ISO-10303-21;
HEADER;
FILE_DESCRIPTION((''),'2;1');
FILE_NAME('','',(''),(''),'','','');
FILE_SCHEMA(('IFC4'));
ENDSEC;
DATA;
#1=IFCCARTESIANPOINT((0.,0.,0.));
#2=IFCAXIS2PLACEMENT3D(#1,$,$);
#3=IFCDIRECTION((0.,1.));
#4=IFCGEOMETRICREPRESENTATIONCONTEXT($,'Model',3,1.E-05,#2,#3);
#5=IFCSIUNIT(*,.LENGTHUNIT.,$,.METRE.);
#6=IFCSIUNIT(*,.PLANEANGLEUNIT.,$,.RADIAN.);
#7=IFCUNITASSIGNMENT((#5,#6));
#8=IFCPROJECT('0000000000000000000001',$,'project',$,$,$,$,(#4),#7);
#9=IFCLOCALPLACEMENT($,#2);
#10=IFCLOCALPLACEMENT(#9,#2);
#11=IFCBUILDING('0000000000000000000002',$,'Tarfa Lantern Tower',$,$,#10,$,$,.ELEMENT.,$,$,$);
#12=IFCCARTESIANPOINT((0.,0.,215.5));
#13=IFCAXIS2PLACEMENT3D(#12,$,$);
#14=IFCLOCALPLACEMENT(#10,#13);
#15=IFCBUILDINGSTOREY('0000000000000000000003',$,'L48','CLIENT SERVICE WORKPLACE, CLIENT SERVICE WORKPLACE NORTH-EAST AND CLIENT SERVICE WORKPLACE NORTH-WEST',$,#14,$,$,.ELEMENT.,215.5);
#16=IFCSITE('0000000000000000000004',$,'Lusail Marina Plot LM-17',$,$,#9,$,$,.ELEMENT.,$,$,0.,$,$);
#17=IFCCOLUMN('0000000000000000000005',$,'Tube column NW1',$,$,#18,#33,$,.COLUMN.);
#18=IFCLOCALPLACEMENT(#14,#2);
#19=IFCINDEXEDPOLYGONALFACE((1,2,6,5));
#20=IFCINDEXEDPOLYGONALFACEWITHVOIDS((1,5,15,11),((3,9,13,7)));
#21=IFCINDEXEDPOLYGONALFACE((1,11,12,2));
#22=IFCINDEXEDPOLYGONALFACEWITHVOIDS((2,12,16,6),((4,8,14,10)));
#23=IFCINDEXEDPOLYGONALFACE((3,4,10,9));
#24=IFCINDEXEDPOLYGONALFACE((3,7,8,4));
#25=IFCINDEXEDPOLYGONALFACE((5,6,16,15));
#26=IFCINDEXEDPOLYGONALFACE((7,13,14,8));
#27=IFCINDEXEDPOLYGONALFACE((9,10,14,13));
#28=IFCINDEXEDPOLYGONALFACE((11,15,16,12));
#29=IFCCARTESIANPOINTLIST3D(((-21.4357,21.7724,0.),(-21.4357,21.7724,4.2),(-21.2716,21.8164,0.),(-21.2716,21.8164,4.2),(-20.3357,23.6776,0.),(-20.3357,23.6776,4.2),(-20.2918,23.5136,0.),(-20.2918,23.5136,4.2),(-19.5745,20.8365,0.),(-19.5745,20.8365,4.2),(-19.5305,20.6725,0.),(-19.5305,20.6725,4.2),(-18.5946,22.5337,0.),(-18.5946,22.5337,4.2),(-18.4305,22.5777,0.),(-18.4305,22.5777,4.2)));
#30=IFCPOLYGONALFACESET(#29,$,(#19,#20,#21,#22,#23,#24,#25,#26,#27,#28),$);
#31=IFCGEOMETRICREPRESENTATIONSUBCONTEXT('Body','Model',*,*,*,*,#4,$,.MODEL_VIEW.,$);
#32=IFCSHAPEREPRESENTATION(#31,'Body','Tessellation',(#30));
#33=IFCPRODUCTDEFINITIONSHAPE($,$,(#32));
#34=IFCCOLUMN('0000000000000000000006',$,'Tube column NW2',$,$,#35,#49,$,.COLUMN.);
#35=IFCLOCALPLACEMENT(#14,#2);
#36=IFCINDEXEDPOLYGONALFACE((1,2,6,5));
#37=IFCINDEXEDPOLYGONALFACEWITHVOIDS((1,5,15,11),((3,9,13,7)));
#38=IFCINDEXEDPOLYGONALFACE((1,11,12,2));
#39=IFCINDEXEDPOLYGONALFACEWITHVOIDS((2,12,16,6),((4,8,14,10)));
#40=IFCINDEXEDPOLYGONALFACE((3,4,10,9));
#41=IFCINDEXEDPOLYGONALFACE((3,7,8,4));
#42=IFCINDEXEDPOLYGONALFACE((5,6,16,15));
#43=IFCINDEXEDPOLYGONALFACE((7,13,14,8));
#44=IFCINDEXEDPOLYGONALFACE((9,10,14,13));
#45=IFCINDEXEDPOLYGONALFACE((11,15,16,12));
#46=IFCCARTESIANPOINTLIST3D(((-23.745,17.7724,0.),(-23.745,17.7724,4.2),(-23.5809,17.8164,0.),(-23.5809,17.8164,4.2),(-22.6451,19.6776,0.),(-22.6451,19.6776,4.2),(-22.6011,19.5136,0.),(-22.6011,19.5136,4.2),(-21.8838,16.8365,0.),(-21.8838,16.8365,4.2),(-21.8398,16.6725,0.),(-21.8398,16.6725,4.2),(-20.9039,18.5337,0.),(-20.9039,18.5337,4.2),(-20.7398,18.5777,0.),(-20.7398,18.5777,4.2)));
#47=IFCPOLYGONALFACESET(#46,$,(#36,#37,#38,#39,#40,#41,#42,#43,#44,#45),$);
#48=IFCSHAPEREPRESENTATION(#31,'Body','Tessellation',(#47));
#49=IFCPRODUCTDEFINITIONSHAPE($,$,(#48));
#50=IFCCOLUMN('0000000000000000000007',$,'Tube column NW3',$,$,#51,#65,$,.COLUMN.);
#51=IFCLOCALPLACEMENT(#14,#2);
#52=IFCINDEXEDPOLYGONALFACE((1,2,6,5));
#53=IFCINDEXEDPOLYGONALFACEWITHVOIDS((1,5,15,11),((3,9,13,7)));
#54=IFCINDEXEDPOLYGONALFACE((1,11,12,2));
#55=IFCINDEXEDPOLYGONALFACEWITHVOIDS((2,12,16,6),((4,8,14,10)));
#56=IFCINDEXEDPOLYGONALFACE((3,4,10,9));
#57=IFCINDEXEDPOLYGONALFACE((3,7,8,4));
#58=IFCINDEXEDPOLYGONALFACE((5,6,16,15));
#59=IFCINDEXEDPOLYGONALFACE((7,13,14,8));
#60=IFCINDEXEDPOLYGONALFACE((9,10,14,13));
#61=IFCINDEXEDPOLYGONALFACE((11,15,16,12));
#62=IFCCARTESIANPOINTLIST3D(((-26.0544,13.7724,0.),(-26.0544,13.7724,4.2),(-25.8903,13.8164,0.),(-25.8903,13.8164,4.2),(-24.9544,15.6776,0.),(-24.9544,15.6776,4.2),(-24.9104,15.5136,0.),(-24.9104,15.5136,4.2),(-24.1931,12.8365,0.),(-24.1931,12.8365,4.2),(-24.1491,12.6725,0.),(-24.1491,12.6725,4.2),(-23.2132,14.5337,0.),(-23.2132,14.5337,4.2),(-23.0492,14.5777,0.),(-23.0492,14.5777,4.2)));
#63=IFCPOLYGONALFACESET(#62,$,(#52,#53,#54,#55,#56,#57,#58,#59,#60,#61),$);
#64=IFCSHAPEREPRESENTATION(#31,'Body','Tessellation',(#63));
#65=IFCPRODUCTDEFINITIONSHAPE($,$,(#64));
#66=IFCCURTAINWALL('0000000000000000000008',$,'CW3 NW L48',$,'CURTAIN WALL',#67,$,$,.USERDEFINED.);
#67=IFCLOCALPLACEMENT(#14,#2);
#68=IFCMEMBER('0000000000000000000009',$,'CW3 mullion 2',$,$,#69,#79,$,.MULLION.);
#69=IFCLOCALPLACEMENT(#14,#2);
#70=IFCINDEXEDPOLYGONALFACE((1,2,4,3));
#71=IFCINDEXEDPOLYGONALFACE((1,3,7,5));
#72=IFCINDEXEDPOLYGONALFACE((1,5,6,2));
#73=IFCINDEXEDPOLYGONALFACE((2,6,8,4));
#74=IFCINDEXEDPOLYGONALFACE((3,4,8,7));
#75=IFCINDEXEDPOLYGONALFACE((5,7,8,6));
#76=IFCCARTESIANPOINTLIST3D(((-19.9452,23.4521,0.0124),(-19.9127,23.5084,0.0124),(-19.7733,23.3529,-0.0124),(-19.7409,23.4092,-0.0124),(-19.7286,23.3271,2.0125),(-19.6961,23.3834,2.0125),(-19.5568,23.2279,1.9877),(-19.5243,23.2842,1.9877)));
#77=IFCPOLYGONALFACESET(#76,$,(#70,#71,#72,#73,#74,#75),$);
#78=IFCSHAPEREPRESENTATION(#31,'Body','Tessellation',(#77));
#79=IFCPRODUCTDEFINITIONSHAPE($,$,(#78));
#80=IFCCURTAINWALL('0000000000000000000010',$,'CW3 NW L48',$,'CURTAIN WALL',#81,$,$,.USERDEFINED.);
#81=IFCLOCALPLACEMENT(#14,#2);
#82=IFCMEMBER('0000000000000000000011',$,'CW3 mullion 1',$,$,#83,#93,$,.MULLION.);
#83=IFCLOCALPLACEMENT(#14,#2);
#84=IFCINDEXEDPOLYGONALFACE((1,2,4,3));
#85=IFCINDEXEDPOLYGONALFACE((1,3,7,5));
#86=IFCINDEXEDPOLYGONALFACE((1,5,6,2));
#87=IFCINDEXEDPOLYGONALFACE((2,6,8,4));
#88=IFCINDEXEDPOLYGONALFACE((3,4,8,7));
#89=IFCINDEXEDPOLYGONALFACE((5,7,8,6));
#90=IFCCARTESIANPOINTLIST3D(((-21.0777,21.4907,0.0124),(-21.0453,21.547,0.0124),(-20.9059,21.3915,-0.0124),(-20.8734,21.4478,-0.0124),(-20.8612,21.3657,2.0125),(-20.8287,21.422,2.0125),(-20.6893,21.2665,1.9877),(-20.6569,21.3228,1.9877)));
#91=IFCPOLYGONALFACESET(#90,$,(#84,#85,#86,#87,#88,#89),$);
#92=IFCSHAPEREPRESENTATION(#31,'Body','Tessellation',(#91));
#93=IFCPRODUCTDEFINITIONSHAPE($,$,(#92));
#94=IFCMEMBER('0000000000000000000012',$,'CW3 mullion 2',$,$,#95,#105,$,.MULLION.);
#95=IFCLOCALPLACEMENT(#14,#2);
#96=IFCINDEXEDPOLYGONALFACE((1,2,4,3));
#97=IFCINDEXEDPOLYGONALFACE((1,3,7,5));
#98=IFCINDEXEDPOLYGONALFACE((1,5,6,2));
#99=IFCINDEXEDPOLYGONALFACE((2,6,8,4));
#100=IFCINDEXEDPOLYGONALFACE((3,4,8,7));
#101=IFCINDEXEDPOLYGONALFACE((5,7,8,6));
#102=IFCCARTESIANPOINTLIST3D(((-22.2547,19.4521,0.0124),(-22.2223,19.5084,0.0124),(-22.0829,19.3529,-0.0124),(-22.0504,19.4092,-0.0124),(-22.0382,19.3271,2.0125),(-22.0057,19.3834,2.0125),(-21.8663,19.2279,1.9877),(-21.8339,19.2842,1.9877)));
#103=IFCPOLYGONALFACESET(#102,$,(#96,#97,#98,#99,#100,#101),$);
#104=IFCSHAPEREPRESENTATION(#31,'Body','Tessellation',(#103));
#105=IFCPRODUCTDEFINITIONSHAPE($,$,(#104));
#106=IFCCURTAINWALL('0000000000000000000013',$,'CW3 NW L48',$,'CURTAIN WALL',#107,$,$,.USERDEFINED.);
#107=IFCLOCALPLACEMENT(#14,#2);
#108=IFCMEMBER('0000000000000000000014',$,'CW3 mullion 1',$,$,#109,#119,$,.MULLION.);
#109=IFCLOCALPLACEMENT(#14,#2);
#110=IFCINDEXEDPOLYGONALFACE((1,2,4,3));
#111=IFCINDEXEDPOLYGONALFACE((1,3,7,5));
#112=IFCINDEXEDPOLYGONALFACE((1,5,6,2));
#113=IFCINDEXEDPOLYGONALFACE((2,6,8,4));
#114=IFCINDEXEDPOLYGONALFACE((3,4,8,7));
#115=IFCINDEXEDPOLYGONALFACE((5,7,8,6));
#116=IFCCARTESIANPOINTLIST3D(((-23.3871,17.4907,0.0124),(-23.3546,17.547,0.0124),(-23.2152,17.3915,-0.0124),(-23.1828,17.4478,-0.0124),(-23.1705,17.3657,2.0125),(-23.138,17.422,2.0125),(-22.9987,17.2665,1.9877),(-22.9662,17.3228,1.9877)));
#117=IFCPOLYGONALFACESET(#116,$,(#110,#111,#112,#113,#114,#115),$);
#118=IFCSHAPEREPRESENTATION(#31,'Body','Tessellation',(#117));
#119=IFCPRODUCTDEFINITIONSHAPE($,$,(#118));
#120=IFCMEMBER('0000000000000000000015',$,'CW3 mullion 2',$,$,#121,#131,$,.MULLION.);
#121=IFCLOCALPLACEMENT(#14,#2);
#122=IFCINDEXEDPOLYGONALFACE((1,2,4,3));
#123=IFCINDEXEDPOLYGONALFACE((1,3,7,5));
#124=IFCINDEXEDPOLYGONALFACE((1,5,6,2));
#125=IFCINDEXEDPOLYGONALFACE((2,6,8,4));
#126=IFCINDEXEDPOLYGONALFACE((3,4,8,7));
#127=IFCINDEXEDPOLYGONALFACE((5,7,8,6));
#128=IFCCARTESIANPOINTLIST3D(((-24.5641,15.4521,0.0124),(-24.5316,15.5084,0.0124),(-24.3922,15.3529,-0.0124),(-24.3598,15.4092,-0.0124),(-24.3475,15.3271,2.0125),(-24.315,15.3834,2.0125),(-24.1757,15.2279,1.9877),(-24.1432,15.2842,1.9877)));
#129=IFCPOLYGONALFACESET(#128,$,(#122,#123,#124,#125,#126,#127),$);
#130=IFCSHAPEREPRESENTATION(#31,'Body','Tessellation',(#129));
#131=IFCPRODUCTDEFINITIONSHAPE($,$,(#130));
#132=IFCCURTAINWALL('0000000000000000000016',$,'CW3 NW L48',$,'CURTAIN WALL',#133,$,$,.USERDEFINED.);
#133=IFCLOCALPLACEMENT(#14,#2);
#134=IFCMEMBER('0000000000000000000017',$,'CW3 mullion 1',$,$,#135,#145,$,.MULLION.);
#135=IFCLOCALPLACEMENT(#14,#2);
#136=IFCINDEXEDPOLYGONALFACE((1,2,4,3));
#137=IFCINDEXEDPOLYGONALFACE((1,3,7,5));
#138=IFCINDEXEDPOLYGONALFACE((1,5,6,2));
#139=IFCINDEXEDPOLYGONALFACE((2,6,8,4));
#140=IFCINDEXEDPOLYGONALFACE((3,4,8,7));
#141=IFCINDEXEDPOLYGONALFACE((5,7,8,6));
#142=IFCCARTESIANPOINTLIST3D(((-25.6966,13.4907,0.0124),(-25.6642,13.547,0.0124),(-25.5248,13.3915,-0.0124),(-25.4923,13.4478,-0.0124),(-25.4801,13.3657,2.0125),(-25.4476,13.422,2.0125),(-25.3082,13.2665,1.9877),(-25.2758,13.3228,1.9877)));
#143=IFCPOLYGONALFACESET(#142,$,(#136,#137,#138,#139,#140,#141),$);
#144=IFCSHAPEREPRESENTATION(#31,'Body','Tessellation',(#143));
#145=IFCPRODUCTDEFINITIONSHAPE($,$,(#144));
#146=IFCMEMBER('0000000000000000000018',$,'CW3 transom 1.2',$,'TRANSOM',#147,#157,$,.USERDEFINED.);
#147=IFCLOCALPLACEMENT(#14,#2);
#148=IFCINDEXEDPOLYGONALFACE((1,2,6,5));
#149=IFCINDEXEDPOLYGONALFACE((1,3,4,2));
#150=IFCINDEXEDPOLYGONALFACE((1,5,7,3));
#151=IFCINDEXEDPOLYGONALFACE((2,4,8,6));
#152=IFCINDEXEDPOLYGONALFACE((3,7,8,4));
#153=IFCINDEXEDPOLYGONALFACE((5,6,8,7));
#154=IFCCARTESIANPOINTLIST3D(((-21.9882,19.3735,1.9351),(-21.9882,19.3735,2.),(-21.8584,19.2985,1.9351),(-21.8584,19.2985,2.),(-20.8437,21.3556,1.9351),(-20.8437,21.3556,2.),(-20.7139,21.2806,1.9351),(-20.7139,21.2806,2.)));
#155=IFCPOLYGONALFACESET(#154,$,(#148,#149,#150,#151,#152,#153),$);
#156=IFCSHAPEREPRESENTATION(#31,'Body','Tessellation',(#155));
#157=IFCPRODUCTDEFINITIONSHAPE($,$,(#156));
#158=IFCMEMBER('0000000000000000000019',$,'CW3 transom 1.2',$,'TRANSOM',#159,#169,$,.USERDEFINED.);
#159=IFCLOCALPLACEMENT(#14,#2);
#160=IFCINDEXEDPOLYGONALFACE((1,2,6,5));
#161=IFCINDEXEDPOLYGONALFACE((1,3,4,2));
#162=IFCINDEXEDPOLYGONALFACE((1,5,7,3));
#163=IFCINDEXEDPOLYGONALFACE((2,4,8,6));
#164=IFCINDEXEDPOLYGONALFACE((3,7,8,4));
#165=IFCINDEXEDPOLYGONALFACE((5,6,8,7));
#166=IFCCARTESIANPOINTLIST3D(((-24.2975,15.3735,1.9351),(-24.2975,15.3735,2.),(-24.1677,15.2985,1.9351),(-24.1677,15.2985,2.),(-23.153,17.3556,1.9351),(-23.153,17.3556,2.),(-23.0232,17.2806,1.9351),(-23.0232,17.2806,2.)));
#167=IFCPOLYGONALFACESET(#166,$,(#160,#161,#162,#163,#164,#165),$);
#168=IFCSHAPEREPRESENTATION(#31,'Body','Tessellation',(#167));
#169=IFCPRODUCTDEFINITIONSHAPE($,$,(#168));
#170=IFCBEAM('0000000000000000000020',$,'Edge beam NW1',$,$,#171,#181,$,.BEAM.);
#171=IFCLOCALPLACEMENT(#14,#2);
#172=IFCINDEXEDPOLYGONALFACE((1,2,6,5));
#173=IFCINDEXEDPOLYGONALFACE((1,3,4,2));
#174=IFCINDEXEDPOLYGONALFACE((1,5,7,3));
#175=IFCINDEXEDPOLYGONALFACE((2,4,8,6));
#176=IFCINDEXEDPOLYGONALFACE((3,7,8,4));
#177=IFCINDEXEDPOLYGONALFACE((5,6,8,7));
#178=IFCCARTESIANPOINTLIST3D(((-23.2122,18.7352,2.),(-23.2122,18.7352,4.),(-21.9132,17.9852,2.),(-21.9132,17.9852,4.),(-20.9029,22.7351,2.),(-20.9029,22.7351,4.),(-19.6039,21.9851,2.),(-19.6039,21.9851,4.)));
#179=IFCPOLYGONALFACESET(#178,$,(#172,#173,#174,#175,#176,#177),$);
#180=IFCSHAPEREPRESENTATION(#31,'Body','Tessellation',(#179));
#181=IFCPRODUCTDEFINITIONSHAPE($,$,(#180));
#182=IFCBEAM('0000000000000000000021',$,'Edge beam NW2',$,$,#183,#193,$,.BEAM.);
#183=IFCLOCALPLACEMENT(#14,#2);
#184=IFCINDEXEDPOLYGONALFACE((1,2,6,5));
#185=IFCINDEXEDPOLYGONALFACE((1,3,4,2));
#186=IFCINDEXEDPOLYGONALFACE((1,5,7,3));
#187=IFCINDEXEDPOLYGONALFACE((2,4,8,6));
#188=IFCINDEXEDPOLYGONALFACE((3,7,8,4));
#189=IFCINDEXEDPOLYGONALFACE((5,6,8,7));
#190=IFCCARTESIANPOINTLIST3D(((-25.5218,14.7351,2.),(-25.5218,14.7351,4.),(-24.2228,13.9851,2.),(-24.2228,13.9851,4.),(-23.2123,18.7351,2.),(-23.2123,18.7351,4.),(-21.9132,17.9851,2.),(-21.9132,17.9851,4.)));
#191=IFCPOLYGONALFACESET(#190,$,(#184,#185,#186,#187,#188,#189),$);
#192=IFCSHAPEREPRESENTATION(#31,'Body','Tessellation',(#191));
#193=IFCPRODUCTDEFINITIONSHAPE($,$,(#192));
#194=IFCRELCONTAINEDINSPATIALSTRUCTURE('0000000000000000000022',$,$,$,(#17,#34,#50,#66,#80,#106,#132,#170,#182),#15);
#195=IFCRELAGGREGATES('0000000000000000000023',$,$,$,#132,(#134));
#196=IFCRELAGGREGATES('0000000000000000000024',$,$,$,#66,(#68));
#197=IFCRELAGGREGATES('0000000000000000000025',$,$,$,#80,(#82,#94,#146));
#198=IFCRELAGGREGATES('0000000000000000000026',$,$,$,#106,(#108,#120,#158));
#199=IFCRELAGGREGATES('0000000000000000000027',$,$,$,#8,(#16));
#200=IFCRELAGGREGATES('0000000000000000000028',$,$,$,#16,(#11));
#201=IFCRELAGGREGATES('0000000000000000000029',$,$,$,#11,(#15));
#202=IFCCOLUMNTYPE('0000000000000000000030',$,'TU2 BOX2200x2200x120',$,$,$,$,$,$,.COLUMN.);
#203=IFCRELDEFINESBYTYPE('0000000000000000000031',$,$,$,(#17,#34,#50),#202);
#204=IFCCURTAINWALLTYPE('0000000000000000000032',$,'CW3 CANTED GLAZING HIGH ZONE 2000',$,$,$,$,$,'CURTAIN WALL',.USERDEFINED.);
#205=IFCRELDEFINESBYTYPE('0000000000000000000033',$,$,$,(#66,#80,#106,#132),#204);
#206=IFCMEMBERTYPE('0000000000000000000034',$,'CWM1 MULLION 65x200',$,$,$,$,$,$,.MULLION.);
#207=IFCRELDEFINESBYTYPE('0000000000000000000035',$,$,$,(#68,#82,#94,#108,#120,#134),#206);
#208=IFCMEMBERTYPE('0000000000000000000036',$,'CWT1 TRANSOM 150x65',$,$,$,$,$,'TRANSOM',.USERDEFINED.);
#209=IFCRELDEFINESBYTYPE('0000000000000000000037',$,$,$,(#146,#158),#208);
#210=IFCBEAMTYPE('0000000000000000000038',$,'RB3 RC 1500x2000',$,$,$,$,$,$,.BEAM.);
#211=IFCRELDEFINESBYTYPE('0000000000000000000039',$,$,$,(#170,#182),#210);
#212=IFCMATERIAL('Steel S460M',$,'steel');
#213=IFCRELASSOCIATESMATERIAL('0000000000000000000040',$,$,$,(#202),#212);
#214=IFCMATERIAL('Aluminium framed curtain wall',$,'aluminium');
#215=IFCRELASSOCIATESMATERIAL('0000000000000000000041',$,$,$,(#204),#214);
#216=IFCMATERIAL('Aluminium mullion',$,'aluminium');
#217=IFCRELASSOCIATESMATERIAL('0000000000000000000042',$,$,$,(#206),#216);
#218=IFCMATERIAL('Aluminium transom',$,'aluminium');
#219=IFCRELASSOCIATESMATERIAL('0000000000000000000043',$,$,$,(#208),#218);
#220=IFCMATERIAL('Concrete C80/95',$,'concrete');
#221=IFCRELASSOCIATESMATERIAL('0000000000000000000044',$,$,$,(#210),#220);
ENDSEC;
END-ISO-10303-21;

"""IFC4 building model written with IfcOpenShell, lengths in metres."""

from ifc_helpers import new_model, si_unit, direction, frame, origin, origin_2d, place, context, subcontext, project, spatial, rectangle, hollow_rectangle, extrude, material, material_profile, profile_set, type_object, element, aggregate, save


model = new_model("IFC4")

# Units and contexts
model_context = context("Model", 3, precision=1e-05, world=origin(), true_north=direction((0.0, 1.0)))
body_context = subcontext(model_context, "Body", "Model", "MODEL_VIEW")
ifc_project = project(units=[si_unit("LENGTHUNIT", "METRE"), si_unit("PLANEANGLEUNIT", "RADIAN")], contexts=[model_context])

# Site, building, storey
site_placement = place(None, origin())
site = spatial("IfcSite", under=ifc_project, at=site_placement, Name="Lusail Marina Plot LM-17", CompositionType="ELEMENT", RefElevation=0.0)
building_placement = place(site_placement, origin())
building = spatial("IfcBuilding", under=site, at=building_placement, Name="Tarfa Lantern Tower", CompositionType="ELEMENT")
storey_placement = place(building_placement, frame((0.0, 0.0, 215.5)))
storey = spatial("IfcBuildingStorey", under=building, at=storey_placement, Name="L48", Description="CLIENT SERVICE WORKPLACE, CLIENT SERVICE WORKPLACE NORTH-EAST AND CLIENT SERVICE WORKPLACE NORTH-WEST", CompositionType="ELEMENT", Elevation=215.5)

# Columns
ifc_material_1 = material(Name="Steel S460M", Category="steel")
ifc_material_profile_1 = material_profile(ifc_material_1, hollow_rectangle(XDim=2.2, YDim=2.2, WallThickness=0.1201, at=origin_2d()), Name="BOX2200x2200x120")
ifc_profile_set_1 = profile_set([ifc_material_profile_1], Name="Steel S460M")
column_type = type_object("IfcColumnType", Name="TU2 BOX2200x2200x120", PredefinedType="COLUMN", material=ifc_profile_set_1)
for number, where, z_axis, x_axis, name in (
    (1, (-19.9331, 22.175, 0.0), (0.0, 0.0, 1.0), (-0.5, -0.866025, 0.0), "Tube column NW1"),
    (2, (-22.2424, 18.175, 0.0), (0.0, 0.0, 1.0), (-0.5, -0.866025, 0.0), "Tube column NW2"),
    (3, (-24.5518, 14.175, 0.0), (0.0, 0.0, 1.0), (-0.5, -0.866025, 0.0), "Tube column NW3"),
):
    element("IfcColumn", number, at=place(storey_placement, frame(where, z_axis=z_axis, x_axis=x_axis)), inside=storey, type_object=column_type, Name=name, PredefinedType="COLUMN", context=body_context, shape_type="SweptSolid", body=[
        extrude(hollow_rectangle(XDim=2.2, YDim=2.2, WallThickness=0.1201, at=origin_2d()), origin(), (0.0, 0.0, 1.0), 4.2),
    ])

# Curtain wall, member
ifc_material_2 = material(Name="Aluminium framed curtain wall", Category="aluminium")
curtain_wall_type = type_object("IfcCurtainWallType", Name="CW3 CANTED GLAZING HIGH ZONE 2000", ElementType="CURTAIN WALL", PredefinedType="USERDEFINED", material=ifc_material_2)
curtain_wall_1_placement = place(storey_placement, origin())
curtain_wall_1 = element("IfcCurtainWall", 4, at=curtain_wall_1_placement, inside=storey, type_object=curtain_wall_type, Name="CW3 NW L48", ObjectType="CURTAIN WALL", PredefinedType="USERDEFINED")
ifc_material_3 = material(Name="Aluminium mullion", Category="aluminium")
ifc_material_profile_2 = material_profile(ifc_material_3, rectangle(XDim=0.0649, YDim=0.2, at=origin_2d()), Name="AL MULLION 65x200")
ifc_profile_set_2 = profile_set([ifc_material_profile_2], Name="Aluminium mullion")
member_type_1 = type_object("IfcMemberType", Name="CWM1 MULLION 65x200", PredefinedType="MULLION", material=ifc_profile_set_2)
member_1_placement = place(storey_placement, frame((-19.843, 23.4307, 0.0), z_axis=(0.10744, -0.062017, 0.992275), x_axis=(0.49992, 0.866072, 0.0)))
member_1 = element("IfcMember", 5, at=member_1_placement, type_object=member_type_1, Name="CW3 mullion 2", PredefinedType="MULLION", context=body_context, shape_type="SweptSolid", body=[
    extrude(rectangle(XDim=0.0649, YDim=0.2, at=origin_2d()), origin(), (0.0, 0.0, 1.0), 2.0156),
])

# Curtain walls, members
curtain_wall_2_placement = place(storey_placement, origin())
curtain_wall_2 = element("IfcCurtainWall", 6, at=curtain_wall_2_placement, inside=storey, type_object=curtain_wall_type, Name="CW3 NW L48", ObjectType="CURTAIN WALL", PredefinedType="USERDEFINED")
member_2_placement = place(storey_placement, frame((-20.9756, 21.4692, 0.0), z_axis=(0.10744, -0.062017, 0.992275), x_axis=(0.49992, 0.866072, 0.0)))
member_2 = element("IfcMember", 7, at=member_2_placement, type_object=member_type_1, Name="CW3 mullion 1", PredefinedType="MULLION", context=body_context, shape_type="SweptSolid", body=[
    extrude(rectangle(XDim=0.0649, YDim=0.2, at=origin_2d()), origin(), (0.0, 0.0, 1.0), 2.0156),
])
member_3_placement = place(storey_placement, frame((-22.1526, 19.4307, 0.0), z_axis=(0.10744, -0.062017, 0.992275), x_axis=(0.49992, 0.866072, 0.0)))
member_3 = element("IfcMember", 8, at=member_3_placement, type_object=member_type_1, Name="CW3 mullion 2", PredefinedType="MULLION", context=body_context, shape_type="SweptSolid", body=[
    extrude(rectangle(XDim=0.0649, YDim=0.2, at=origin_2d()), origin(), (0.0, 0.0, 1.0), 2.0156),
])
curtain_wall_3_placement = place(storey_placement, origin())
curtain_wall_3 = element("IfcCurtainWall", 9, at=curtain_wall_3_placement, inside=storey, type_object=curtain_wall_type, Name="CW3 NW L48", ObjectType="CURTAIN WALL", PredefinedType="USERDEFINED")
member_4_placement = place(storey_placement, frame((-23.2849, 17.4692, 0.0), z_axis=(0.10744, -0.062017, 0.992275), x_axis=(0.49992, 0.866072, 0.0)))
member_4 = element("IfcMember", 10, at=member_4_placement, type_object=member_type_1, Name="CW3 mullion 1", PredefinedType="MULLION", context=body_context, shape_type="SweptSolid", body=[
    extrude(rectangle(XDim=0.0649, YDim=0.2, at=origin_2d()), origin(), (0.0, 0.0, 1.0), 2.0156),
])
member_5_placement = place(storey_placement, frame((-24.4619, 15.4307, 0.0), z_axis=(0.10744, -0.062017, 0.992275), x_axis=(0.49992, 0.866072, 0.0)))
member_5 = element("IfcMember", 11, at=member_5_placement, type_object=member_type_1, Name="CW3 mullion 2", PredefinedType="MULLION", context=body_context, shape_type="SweptSolid", body=[
    extrude(rectangle(XDim=0.0649, YDim=0.2, at=origin_2d()), origin(), (0.0, 0.0, 1.0), 2.0156),
])

# Curtain wall, member
curtain_wall_4_placement = place(storey_placement, origin())
curtain_wall_4 = element("IfcCurtainWall", 12, at=curtain_wall_4_placement, inside=storey, type_object=curtain_wall_type, Name="CW3 NW L48", ObjectType="CURTAIN WALL", PredefinedType="USERDEFINED")
member_6_placement = place(storey_placement, frame((-25.5945, 13.4692, 0.0), z_axis=(0.10744, -0.062017, 0.992275), x_axis=(0.49992, 0.866072, 0.0)))
member_6 = element("IfcMember", 13, at=member_6_placement, type_object=member_type_1, Name="CW3 mullion 1", PredefinedType="MULLION", context=body_context, shape_type="SweptSolid", body=[
    extrude(rectangle(XDim=0.0649, YDim=0.2, at=origin_2d()), origin(), (0.0, 0.0, 1.0), 2.0156),
])
aggregate(curtain_wall_4, [member_6])

# Members
ifc_material_4 = material(Name="Aluminium transom", Category="aluminium")
ifc_material_profile_3 = material_profile(ifc_material_4, rectangle(XDim=0.1499, YDim=0.0649, at=origin_2d()), Name="AL TRANSOM 150x65")
ifc_profile_set_3 = profile_set([ifc_material_profile_3], Name="Aluminium transom")
member_type_2 = type_object("IfcMemberType", Name="CWT1 TRANSOM 150x65", ElementType="TRANSOM", PredefinedType="USERDEFINED", material=ifc_profile_set_3)
member_7_placement = place(storey_placement, frame((-20.7788, 21.3181, 1.9675), z_axis=(-0.500039, -0.866003, 0.0), x_axis=(0.866003, -0.500039, 0.0)))
member_7 = element("IfcMember", 14, at=member_7_placement, type_object=member_type_2, Name="CW3 transom 1.2", ObjectType="TRANSOM", PredefinedType="USERDEFINED", context=body_context, shape_type="SweptSolid", body=[
    extrude(rectangle(XDim=0.1499, YDim=0.0649, at=origin_2d()), origin(), (0.0, 0.0, 1.0), 2.2888),
])
member_8_placement = place(storey_placement, frame((-23.0881, 17.3181, 1.9675), z_axis=(-0.500039, -0.866003, 0.0), x_axis=(0.866003, -0.500039, 0.0)))
member_8 = element("IfcMember", 15, at=member_8_placement, type_object=member_type_2, Name="CW3 transom 1.2", ObjectType="TRANSOM", PredefinedType="USERDEFINED", context=body_context, shape_type="SweptSolid", body=[
    extrude(rectangle(XDim=0.1499, YDim=0.0649, at=origin_2d()), origin(), (0.0, 0.0, 1.0), 2.2888),
])

# Beams
ifc_material_5 = material(Name="Concrete C80/95", Category="concrete")
ifc_material_profile_4 = material_profile(ifc_material_5, rectangle(XDim=1.5, YDim=2.0, at=origin_2d()), Name="RC 1500x2000")
ifc_profile_set_4 = profile_set([ifc_material_profile_4], Name="Concrete C80/95")
beam_type_1 = type_object("IfcBeamType", Name="RB3 RC 1500x2000", PredefinedType="BEAM", material=ifc_profile_set_4)
beam_1_placement = place(storey_placement, frame((-20.2534, 22.3601, 3.0), z_axis=(-0.499988, -0.866032, 0.0), x_axis=(0.866032, -0.499988, 0.0)))
element("IfcBeam", 16, at=beam_1_placement, inside=storey, type_object=beam_type_1, Name="Edge beam NW1", PredefinedType="BEAM", context=body_context, shape_type="SweptSolid", body=[
    extrude(rectangle(XDim=1.5, YDim=2.0, at=origin_2d()), origin(), (0.0, 0.0, 1.0), 4.6187),
])
beam_2_placement = place(storey_placement, frame((-22.5627, 18.3601, 3.0), z_axis=(-0.500027, -0.86601, 0.0), x_axis=(0.86601, -0.500027, 0.0)))
element("IfcBeam", 17, at=beam_2_placement, inside=storey, type_object=beam_type_1, Name="Edge beam NW2", PredefinedType="BEAM", context=body_context, shape_type="SweptSolid", body=[
    extrude(rectangle(XDim=1.5, YDim=2.0, at=origin_2d()), origin(), (0.0, 0.0, 1.0), 4.6189),
])

aggregate(curtain_wall_1, [member_1])
aggregate(curtain_wall_2, [member_2, member_3, member_7])
aggregate(curtain_wall_3, [member_4, member_5, member_8])

save(model, "model.ifc")
